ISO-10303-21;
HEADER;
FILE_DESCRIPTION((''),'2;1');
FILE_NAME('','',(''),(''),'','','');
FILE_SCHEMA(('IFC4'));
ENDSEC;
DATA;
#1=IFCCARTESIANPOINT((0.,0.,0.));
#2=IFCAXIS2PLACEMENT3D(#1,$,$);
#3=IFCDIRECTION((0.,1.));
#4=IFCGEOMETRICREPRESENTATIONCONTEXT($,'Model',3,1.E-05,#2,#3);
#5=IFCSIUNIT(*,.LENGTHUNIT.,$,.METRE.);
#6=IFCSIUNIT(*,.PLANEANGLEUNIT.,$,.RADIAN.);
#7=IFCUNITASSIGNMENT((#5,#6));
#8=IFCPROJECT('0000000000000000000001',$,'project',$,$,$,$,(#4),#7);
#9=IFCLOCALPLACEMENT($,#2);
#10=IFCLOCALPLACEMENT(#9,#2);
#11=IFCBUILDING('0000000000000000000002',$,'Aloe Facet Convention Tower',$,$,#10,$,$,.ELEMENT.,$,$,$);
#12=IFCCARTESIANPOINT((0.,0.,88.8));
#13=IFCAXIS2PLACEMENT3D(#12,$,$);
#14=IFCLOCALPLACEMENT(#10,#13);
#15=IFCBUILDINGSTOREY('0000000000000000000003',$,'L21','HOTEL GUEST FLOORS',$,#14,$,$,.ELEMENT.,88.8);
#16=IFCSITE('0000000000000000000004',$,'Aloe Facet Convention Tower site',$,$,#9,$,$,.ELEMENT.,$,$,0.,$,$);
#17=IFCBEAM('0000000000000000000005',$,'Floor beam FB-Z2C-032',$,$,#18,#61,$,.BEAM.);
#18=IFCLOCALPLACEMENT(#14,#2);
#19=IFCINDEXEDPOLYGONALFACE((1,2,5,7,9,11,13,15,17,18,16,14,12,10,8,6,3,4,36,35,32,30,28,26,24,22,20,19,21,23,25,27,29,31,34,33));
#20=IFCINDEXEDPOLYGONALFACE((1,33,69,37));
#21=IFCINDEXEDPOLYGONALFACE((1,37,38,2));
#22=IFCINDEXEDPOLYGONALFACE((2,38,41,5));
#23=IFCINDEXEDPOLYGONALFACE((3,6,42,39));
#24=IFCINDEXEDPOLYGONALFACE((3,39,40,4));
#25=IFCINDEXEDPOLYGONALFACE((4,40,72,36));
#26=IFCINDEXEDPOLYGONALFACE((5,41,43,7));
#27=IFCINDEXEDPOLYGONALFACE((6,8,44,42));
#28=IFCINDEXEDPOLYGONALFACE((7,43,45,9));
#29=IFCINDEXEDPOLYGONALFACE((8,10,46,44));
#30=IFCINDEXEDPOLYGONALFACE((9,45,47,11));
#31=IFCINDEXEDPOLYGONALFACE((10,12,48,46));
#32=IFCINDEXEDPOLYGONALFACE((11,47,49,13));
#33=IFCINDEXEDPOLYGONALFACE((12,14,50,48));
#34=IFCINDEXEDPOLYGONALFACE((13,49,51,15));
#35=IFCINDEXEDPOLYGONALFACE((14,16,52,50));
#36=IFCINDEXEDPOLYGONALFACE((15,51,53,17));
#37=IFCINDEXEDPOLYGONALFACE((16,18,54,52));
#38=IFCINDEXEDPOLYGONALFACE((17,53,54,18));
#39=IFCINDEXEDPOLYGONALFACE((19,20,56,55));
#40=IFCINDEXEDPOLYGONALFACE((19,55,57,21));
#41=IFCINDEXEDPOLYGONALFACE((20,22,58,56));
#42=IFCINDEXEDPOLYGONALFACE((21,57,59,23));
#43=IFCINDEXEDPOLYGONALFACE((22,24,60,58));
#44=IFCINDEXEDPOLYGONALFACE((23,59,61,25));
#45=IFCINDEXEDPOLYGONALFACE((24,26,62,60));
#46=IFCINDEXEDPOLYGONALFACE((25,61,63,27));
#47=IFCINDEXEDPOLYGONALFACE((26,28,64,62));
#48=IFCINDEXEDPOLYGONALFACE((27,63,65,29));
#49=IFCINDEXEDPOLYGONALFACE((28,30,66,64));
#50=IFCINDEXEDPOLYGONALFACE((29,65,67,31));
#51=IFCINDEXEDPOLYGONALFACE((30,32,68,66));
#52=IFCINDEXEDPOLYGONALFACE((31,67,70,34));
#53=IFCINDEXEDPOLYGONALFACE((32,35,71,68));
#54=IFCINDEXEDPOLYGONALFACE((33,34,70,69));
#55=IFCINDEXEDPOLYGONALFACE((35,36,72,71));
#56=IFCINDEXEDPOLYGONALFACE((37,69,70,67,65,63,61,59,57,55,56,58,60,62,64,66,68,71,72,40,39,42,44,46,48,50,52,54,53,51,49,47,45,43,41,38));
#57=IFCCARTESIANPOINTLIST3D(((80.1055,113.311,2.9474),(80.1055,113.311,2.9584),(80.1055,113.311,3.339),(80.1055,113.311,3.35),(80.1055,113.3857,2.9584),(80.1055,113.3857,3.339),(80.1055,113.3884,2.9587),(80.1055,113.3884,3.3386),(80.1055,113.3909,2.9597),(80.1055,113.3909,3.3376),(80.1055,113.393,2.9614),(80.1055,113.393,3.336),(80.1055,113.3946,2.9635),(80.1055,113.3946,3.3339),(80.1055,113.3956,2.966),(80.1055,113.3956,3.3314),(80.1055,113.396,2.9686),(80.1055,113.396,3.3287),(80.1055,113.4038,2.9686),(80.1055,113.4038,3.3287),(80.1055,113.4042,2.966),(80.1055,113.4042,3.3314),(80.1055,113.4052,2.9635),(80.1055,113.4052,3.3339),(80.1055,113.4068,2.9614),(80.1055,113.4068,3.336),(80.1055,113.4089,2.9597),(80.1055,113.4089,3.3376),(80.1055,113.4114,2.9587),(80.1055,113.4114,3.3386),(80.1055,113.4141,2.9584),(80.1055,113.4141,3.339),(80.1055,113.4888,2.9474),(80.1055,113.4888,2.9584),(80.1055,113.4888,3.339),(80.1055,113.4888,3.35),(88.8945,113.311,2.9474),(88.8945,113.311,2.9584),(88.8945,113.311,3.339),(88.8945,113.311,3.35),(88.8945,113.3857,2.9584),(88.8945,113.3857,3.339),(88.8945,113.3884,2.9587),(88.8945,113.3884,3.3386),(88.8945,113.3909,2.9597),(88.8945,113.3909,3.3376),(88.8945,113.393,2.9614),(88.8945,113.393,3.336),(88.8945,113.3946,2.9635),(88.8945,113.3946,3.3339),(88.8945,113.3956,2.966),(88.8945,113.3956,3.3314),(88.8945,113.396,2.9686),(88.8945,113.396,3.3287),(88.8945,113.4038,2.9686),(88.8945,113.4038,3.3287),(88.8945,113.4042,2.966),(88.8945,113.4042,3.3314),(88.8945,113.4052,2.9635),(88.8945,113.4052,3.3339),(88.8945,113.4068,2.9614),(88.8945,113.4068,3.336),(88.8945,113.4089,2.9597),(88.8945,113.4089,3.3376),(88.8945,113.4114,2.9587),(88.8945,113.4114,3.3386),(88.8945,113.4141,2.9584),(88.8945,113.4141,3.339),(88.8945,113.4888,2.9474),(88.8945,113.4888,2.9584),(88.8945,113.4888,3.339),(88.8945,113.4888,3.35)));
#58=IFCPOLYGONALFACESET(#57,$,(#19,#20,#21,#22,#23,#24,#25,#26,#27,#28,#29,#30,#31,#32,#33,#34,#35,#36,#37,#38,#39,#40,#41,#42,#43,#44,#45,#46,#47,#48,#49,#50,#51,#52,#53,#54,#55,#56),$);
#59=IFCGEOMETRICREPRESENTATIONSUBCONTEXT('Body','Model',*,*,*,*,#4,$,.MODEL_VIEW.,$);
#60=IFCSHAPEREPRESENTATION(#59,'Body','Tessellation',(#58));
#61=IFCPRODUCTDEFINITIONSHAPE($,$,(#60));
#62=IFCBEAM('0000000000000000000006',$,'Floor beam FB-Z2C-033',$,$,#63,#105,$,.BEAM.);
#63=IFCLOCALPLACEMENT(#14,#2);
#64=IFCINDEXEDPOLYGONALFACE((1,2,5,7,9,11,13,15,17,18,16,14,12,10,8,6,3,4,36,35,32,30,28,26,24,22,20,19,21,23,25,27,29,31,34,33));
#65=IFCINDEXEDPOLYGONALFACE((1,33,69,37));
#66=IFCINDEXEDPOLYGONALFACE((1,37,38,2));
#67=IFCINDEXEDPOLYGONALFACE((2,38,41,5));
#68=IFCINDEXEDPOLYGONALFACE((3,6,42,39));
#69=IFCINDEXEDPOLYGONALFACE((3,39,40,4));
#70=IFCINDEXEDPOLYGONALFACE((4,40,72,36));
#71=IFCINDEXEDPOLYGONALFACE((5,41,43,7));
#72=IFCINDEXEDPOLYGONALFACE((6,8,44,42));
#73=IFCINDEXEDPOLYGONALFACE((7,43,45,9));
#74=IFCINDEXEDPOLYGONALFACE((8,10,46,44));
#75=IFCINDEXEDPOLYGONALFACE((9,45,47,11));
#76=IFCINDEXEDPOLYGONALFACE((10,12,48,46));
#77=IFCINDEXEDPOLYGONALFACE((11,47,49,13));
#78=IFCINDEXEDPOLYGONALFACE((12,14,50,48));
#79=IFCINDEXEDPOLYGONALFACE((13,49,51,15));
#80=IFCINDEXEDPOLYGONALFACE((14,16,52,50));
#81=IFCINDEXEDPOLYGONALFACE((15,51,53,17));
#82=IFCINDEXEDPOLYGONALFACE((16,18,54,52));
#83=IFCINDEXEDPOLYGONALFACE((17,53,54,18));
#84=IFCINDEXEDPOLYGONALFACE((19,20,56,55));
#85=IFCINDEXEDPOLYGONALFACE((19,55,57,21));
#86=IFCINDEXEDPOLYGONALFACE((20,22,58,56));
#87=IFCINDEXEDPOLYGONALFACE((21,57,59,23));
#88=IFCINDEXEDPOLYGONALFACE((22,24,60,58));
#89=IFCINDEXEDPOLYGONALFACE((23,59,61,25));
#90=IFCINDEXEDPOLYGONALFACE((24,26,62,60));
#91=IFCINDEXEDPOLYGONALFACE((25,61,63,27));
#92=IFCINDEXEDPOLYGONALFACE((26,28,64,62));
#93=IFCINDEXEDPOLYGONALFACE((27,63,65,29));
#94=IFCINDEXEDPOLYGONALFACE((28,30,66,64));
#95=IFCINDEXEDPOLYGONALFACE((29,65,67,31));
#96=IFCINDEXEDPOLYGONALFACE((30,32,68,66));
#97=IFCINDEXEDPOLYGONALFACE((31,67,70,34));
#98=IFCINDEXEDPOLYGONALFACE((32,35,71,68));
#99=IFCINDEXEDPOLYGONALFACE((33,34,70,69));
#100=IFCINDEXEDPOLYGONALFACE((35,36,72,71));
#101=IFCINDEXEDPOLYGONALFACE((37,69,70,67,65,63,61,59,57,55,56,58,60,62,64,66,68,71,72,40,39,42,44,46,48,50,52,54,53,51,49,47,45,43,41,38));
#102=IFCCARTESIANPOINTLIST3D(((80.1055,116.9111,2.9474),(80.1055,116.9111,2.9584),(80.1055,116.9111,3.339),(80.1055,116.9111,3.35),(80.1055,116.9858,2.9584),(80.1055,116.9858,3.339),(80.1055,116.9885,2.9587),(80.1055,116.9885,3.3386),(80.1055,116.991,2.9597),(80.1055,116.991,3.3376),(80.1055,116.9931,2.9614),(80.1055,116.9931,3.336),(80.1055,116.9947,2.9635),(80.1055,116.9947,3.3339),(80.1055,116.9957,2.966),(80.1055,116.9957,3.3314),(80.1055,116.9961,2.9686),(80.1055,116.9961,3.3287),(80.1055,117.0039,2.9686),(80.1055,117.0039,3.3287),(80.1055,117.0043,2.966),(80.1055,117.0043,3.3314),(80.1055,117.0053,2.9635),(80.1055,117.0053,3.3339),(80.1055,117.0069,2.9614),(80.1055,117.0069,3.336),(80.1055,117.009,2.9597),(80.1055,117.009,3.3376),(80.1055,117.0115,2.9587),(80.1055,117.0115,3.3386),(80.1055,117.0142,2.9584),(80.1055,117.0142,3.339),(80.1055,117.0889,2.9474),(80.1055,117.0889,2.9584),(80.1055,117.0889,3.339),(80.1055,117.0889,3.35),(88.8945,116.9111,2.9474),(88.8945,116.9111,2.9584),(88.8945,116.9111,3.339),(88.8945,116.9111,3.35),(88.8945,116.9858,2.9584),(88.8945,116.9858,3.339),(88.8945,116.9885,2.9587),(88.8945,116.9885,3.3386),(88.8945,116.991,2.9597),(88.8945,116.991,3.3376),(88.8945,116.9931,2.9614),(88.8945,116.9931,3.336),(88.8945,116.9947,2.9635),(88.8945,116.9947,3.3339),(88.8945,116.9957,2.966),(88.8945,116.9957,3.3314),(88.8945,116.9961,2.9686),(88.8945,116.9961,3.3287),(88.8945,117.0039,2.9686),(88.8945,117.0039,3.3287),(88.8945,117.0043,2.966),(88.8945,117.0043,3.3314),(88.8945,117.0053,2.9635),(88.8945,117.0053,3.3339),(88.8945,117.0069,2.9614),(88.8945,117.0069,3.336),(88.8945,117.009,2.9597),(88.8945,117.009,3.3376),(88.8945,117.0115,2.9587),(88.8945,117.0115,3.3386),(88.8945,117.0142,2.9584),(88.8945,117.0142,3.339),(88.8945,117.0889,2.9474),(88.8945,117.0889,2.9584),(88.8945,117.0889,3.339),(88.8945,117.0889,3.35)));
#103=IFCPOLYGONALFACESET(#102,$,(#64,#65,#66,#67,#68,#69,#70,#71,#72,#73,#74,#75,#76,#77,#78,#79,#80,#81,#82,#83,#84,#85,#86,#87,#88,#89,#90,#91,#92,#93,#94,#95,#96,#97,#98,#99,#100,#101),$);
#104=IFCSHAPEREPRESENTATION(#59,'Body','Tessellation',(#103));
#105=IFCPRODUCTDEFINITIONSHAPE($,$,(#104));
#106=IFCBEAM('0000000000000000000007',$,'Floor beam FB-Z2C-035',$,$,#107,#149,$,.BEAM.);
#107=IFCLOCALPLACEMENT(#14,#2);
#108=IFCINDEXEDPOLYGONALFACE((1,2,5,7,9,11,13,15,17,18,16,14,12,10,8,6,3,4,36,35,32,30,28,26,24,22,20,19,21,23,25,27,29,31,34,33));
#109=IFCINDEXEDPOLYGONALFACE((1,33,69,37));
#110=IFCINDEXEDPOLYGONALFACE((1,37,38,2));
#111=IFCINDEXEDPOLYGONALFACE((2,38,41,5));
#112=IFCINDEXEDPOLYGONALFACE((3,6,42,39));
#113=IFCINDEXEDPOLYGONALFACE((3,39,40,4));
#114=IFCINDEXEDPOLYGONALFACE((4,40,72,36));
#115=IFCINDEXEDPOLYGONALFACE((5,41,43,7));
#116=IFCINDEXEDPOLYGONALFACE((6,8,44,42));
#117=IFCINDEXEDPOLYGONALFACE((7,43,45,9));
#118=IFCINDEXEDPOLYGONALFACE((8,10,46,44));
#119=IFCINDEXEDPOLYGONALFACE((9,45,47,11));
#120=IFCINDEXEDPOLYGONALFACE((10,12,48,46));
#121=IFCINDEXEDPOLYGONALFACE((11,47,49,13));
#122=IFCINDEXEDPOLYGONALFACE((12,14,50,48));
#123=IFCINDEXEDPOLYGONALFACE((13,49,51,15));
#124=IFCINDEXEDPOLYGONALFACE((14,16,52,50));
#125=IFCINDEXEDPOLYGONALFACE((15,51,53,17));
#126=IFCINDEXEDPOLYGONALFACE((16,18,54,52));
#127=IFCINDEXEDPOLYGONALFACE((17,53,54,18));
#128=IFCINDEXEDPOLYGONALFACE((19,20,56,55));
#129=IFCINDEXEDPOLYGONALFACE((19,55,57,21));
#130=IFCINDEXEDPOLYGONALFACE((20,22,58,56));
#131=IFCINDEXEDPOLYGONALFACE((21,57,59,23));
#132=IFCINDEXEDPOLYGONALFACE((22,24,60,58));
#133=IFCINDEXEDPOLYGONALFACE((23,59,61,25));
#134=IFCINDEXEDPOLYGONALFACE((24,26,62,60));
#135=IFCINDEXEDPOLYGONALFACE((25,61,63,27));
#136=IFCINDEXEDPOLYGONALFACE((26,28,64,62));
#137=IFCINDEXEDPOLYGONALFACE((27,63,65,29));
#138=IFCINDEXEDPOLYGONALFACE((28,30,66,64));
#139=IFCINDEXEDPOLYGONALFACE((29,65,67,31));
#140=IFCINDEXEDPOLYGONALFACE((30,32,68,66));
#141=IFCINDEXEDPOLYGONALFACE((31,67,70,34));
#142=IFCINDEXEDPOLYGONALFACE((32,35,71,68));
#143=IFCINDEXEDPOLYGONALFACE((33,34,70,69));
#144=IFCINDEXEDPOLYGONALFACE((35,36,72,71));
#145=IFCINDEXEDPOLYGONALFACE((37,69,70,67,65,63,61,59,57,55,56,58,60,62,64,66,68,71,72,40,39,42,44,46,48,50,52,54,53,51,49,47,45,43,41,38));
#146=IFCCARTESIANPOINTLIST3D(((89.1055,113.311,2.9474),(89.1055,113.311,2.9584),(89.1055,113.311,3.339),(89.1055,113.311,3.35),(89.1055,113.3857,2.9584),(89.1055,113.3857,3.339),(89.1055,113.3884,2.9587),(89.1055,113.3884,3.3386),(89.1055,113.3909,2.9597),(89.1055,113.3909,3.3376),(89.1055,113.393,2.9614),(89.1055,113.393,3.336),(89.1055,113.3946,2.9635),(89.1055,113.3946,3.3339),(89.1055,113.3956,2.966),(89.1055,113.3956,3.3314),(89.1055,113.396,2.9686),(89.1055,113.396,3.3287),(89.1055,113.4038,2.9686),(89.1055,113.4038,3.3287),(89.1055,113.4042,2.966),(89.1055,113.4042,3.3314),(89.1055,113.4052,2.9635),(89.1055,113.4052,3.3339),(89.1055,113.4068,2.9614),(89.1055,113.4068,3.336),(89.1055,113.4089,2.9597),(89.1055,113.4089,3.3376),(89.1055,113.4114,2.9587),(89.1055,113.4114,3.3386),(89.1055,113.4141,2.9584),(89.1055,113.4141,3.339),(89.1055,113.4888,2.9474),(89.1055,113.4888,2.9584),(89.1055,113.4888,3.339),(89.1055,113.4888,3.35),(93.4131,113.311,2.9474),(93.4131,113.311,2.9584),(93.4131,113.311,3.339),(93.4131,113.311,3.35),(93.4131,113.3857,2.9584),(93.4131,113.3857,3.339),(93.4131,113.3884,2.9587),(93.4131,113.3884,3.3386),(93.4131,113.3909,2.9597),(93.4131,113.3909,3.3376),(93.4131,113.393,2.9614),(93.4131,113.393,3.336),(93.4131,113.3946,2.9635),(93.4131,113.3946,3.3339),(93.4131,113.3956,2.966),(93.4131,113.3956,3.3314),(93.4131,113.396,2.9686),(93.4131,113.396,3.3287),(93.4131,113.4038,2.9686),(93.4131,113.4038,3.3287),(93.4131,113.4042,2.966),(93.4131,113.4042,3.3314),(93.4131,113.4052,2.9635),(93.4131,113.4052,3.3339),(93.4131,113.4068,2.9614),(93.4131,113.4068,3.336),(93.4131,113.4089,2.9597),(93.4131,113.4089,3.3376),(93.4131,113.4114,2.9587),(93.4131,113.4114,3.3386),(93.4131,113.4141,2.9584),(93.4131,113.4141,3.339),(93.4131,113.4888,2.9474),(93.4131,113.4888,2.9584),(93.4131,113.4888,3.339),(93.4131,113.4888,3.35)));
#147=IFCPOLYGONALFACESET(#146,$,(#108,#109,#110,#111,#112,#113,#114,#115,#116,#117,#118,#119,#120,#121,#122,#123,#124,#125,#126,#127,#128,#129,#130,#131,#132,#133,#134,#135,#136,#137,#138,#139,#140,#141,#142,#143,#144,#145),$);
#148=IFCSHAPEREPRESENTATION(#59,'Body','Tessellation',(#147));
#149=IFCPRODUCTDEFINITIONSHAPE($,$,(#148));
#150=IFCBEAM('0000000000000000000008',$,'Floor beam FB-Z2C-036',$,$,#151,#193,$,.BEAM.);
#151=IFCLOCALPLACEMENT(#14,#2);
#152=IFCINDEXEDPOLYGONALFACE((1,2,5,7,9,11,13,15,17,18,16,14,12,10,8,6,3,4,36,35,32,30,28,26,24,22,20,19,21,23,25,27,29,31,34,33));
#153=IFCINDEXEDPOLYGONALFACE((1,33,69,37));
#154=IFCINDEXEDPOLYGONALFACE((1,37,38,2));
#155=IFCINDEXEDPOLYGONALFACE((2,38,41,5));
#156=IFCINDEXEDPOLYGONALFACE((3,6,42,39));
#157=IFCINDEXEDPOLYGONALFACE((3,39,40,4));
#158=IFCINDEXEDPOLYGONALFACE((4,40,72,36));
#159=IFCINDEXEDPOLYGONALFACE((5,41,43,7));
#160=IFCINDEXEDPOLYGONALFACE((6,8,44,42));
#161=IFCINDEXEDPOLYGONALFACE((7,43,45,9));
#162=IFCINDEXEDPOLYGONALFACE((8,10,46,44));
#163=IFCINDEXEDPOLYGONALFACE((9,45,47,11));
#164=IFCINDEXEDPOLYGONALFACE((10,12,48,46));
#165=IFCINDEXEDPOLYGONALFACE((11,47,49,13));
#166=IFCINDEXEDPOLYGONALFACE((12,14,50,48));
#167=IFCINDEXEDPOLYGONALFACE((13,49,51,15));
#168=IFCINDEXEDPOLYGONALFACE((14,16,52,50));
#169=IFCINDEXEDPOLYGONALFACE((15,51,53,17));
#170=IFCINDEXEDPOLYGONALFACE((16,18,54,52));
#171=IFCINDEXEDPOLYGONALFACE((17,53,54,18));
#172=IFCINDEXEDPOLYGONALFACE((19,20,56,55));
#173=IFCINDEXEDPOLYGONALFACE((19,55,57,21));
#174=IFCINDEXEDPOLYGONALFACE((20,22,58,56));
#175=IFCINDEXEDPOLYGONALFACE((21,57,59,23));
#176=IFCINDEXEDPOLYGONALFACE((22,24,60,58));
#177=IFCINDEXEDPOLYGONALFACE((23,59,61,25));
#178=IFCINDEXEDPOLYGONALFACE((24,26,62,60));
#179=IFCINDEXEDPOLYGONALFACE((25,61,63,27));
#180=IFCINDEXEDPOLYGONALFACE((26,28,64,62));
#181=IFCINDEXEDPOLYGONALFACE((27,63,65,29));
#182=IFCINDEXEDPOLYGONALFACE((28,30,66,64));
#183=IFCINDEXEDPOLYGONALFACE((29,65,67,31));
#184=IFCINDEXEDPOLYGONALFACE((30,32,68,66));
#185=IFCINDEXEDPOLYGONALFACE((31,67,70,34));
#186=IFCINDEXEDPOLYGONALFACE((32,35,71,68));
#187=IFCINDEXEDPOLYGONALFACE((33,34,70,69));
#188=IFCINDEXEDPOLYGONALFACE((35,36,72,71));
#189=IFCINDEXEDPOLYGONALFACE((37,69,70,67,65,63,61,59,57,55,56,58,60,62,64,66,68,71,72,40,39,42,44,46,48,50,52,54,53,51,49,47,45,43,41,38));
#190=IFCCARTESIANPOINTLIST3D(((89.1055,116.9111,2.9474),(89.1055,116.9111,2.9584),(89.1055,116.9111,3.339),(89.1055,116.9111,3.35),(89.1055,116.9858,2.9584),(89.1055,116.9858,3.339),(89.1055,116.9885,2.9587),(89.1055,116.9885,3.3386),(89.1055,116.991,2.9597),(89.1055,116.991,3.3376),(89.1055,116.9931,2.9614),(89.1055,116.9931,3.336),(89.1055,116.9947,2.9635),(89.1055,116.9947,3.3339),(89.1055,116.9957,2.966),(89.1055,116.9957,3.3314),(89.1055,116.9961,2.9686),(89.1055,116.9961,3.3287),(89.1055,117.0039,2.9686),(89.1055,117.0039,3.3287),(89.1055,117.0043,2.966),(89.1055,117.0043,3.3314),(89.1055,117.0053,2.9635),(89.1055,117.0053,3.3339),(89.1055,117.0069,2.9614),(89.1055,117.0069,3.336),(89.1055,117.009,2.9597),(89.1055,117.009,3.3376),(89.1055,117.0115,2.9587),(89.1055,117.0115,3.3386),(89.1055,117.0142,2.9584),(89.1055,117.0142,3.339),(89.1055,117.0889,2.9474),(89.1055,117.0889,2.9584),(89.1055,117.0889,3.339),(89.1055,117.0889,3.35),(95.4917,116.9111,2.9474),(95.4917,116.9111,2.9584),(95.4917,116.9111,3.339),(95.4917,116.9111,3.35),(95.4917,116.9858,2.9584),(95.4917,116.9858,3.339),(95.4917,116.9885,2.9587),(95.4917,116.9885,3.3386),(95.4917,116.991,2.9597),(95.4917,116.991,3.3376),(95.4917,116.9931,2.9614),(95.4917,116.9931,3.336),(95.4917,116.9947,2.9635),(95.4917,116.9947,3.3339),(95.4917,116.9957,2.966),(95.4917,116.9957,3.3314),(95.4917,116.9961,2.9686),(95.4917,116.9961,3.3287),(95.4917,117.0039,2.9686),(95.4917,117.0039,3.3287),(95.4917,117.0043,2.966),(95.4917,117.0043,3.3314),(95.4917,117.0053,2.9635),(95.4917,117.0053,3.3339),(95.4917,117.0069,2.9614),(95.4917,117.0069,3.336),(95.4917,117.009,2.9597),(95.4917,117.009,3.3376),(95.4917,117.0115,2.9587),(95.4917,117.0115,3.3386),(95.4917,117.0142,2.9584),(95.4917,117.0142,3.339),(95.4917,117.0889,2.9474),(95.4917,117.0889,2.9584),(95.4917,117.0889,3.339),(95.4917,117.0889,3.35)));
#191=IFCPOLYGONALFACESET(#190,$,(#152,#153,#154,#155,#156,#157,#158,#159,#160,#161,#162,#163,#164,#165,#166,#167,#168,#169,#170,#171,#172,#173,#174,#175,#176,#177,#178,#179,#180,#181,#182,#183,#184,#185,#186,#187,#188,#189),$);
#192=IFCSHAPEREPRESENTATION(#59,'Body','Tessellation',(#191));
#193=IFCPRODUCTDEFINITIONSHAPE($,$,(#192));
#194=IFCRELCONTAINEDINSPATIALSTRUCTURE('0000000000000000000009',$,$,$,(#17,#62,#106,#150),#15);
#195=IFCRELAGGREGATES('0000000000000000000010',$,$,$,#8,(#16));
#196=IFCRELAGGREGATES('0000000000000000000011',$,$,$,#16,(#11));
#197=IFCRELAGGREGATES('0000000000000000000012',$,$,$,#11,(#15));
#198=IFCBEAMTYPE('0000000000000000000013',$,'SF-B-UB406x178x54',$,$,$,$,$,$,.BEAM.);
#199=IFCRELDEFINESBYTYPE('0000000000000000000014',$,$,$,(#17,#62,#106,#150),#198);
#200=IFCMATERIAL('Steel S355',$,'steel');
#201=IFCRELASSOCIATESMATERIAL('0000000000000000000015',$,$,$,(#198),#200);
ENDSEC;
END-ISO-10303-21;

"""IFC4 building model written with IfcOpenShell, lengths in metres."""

from ifc_helpers import new_model, si_unit, direction, frame, origin, origin_2d, place, context, subcontext, project, spatial, i_section, extrude, material, material_profile, profile_set, type_object, element, save


model = new_model("IFC4")

# Units and contexts
model_context = context("Model", 3, precision=1e-05, world=origin(), true_north=direction((0.0, 1.0)))
body_context = subcontext(model_context, "Body", "Model", "MODEL_VIEW")
ifc_project = project(units=[si_unit("LENGTHUNIT", "METRE"), si_unit("PLANEANGLEUNIT", "RADIAN")], contexts=[model_context])

# Site, building, storey
site_placement = place(None, origin())
site = spatial("IfcSite", under=ifc_project, at=site_placement, Name="Aloe Facet Convention Tower site", CompositionType="ELEMENT", RefElevation=0.0)
building_placement = place(site_placement, origin())
building = spatial("IfcBuilding", under=site, at=building_placement, Name="Aloe Facet Convention Tower", CompositionType="ELEMENT")
storey_placement = place(building_placement, frame((0.0, 0.0, 88.8)))
storey = spatial("IfcBuildingStorey", under=building, at=storey_placement, Name="L21", Description="HOTEL GUEST FLOORS", CompositionType="ELEMENT", Elevation=88.8)

# Beams
ifc_material_1 = material(Name="Steel S355", Category="steel")
ifc_material_profile_1 = material_profile(ifc_material_1, i_section(OverallWidth=0.1777, OverallDepth=0.4026, WebThickness=0.0078, FlangeThickness=0.011, FilletRadius=0.0103, at=origin_2d()), Name="UB 406x178x54")
ifc_profile_set_1 = profile_set([ifc_material_profile_1], Name="Steel S355")
beam_type_1 = type_object("IfcBeamType", Name="SF-B-UB406x178x54", PredefinedType="BEAM", material=ifc_profile_set_1)
for number, where, z_axis, x_axis, name in (
    (1, (80.1055, 113.3999, 3.1487), (1.0, 0.0, 0.0), (0.0, 1.0, 0.0), "Floor beam FB-Z2C-032"),
    (2, (80.1055, 117.0, 3.1487), (1.0, 0.0, 0.0), (0.0, 1.0, 0.0), "Floor beam FB-Z2C-033"),
):
    element("IfcBeam", number, at=place(storey_placement, frame(where, z_axis=z_axis, x_axis=x_axis)), inside=storey, type_object=beam_type_1, Name=name, PredefinedType="BEAM", context=body_context, shape_type="SweptSolid", body=[
        extrude(i_section(OverallWidth=0.1777, OverallDepth=0.4026, WebThickness=0.0078, FlangeThickness=0.011, FilletRadius=0.0103, at=origin_2d()), origin(), (0.0, 0.0, 1.0), 8.7891),
    ])
beam_1_placement = place(storey_placement, frame((89.1055, 113.3999, 3.1487), z_axis=(1.0, 0.0, 0.0), x_axis=(0.0, 1.0, 0.0)))
element("IfcBeam", 3, at=beam_1_placement, inside=storey, type_object=beam_type_1, Name="Floor beam FB-Z2C-035", PredefinedType="BEAM", context=body_context, shape_type="SweptSolid", body=[
    extrude(i_section(OverallWidth=0.1777, OverallDepth=0.4026, WebThickness=0.0078, FlangeThickness=0.011, FilletRadius=0.0103, at=origin_2d()), origin(), (0.0, 0.0, 1.0), 4.3076),
])
beam_2_placement = place(storey_placement, frame((89.1055, 117.0, 3.1487), z_axis=(1.0, 0.0, 0.0), x_axis=(0.0, 1.0, 0.0)))
element("IfcBeam", 4, at=beam_2_placement, inside=storey, type_object=beam_type_1, Name="Floor beam FB-Z2C-036", PredefinedType="BEAM", context=body_context, shape_type="SweptSolid", body=[
    extrude(i_section(OverallWidth=0.1777, OverallDepth=0.4026, WebThickness=0.0078, FlangeThickness=0.011, FilletRadius=0.0103, at=origin_2d()), origin(), (0.0, 0.0, 1.0), 6.3862),
])

save(model, "model.ifc")
